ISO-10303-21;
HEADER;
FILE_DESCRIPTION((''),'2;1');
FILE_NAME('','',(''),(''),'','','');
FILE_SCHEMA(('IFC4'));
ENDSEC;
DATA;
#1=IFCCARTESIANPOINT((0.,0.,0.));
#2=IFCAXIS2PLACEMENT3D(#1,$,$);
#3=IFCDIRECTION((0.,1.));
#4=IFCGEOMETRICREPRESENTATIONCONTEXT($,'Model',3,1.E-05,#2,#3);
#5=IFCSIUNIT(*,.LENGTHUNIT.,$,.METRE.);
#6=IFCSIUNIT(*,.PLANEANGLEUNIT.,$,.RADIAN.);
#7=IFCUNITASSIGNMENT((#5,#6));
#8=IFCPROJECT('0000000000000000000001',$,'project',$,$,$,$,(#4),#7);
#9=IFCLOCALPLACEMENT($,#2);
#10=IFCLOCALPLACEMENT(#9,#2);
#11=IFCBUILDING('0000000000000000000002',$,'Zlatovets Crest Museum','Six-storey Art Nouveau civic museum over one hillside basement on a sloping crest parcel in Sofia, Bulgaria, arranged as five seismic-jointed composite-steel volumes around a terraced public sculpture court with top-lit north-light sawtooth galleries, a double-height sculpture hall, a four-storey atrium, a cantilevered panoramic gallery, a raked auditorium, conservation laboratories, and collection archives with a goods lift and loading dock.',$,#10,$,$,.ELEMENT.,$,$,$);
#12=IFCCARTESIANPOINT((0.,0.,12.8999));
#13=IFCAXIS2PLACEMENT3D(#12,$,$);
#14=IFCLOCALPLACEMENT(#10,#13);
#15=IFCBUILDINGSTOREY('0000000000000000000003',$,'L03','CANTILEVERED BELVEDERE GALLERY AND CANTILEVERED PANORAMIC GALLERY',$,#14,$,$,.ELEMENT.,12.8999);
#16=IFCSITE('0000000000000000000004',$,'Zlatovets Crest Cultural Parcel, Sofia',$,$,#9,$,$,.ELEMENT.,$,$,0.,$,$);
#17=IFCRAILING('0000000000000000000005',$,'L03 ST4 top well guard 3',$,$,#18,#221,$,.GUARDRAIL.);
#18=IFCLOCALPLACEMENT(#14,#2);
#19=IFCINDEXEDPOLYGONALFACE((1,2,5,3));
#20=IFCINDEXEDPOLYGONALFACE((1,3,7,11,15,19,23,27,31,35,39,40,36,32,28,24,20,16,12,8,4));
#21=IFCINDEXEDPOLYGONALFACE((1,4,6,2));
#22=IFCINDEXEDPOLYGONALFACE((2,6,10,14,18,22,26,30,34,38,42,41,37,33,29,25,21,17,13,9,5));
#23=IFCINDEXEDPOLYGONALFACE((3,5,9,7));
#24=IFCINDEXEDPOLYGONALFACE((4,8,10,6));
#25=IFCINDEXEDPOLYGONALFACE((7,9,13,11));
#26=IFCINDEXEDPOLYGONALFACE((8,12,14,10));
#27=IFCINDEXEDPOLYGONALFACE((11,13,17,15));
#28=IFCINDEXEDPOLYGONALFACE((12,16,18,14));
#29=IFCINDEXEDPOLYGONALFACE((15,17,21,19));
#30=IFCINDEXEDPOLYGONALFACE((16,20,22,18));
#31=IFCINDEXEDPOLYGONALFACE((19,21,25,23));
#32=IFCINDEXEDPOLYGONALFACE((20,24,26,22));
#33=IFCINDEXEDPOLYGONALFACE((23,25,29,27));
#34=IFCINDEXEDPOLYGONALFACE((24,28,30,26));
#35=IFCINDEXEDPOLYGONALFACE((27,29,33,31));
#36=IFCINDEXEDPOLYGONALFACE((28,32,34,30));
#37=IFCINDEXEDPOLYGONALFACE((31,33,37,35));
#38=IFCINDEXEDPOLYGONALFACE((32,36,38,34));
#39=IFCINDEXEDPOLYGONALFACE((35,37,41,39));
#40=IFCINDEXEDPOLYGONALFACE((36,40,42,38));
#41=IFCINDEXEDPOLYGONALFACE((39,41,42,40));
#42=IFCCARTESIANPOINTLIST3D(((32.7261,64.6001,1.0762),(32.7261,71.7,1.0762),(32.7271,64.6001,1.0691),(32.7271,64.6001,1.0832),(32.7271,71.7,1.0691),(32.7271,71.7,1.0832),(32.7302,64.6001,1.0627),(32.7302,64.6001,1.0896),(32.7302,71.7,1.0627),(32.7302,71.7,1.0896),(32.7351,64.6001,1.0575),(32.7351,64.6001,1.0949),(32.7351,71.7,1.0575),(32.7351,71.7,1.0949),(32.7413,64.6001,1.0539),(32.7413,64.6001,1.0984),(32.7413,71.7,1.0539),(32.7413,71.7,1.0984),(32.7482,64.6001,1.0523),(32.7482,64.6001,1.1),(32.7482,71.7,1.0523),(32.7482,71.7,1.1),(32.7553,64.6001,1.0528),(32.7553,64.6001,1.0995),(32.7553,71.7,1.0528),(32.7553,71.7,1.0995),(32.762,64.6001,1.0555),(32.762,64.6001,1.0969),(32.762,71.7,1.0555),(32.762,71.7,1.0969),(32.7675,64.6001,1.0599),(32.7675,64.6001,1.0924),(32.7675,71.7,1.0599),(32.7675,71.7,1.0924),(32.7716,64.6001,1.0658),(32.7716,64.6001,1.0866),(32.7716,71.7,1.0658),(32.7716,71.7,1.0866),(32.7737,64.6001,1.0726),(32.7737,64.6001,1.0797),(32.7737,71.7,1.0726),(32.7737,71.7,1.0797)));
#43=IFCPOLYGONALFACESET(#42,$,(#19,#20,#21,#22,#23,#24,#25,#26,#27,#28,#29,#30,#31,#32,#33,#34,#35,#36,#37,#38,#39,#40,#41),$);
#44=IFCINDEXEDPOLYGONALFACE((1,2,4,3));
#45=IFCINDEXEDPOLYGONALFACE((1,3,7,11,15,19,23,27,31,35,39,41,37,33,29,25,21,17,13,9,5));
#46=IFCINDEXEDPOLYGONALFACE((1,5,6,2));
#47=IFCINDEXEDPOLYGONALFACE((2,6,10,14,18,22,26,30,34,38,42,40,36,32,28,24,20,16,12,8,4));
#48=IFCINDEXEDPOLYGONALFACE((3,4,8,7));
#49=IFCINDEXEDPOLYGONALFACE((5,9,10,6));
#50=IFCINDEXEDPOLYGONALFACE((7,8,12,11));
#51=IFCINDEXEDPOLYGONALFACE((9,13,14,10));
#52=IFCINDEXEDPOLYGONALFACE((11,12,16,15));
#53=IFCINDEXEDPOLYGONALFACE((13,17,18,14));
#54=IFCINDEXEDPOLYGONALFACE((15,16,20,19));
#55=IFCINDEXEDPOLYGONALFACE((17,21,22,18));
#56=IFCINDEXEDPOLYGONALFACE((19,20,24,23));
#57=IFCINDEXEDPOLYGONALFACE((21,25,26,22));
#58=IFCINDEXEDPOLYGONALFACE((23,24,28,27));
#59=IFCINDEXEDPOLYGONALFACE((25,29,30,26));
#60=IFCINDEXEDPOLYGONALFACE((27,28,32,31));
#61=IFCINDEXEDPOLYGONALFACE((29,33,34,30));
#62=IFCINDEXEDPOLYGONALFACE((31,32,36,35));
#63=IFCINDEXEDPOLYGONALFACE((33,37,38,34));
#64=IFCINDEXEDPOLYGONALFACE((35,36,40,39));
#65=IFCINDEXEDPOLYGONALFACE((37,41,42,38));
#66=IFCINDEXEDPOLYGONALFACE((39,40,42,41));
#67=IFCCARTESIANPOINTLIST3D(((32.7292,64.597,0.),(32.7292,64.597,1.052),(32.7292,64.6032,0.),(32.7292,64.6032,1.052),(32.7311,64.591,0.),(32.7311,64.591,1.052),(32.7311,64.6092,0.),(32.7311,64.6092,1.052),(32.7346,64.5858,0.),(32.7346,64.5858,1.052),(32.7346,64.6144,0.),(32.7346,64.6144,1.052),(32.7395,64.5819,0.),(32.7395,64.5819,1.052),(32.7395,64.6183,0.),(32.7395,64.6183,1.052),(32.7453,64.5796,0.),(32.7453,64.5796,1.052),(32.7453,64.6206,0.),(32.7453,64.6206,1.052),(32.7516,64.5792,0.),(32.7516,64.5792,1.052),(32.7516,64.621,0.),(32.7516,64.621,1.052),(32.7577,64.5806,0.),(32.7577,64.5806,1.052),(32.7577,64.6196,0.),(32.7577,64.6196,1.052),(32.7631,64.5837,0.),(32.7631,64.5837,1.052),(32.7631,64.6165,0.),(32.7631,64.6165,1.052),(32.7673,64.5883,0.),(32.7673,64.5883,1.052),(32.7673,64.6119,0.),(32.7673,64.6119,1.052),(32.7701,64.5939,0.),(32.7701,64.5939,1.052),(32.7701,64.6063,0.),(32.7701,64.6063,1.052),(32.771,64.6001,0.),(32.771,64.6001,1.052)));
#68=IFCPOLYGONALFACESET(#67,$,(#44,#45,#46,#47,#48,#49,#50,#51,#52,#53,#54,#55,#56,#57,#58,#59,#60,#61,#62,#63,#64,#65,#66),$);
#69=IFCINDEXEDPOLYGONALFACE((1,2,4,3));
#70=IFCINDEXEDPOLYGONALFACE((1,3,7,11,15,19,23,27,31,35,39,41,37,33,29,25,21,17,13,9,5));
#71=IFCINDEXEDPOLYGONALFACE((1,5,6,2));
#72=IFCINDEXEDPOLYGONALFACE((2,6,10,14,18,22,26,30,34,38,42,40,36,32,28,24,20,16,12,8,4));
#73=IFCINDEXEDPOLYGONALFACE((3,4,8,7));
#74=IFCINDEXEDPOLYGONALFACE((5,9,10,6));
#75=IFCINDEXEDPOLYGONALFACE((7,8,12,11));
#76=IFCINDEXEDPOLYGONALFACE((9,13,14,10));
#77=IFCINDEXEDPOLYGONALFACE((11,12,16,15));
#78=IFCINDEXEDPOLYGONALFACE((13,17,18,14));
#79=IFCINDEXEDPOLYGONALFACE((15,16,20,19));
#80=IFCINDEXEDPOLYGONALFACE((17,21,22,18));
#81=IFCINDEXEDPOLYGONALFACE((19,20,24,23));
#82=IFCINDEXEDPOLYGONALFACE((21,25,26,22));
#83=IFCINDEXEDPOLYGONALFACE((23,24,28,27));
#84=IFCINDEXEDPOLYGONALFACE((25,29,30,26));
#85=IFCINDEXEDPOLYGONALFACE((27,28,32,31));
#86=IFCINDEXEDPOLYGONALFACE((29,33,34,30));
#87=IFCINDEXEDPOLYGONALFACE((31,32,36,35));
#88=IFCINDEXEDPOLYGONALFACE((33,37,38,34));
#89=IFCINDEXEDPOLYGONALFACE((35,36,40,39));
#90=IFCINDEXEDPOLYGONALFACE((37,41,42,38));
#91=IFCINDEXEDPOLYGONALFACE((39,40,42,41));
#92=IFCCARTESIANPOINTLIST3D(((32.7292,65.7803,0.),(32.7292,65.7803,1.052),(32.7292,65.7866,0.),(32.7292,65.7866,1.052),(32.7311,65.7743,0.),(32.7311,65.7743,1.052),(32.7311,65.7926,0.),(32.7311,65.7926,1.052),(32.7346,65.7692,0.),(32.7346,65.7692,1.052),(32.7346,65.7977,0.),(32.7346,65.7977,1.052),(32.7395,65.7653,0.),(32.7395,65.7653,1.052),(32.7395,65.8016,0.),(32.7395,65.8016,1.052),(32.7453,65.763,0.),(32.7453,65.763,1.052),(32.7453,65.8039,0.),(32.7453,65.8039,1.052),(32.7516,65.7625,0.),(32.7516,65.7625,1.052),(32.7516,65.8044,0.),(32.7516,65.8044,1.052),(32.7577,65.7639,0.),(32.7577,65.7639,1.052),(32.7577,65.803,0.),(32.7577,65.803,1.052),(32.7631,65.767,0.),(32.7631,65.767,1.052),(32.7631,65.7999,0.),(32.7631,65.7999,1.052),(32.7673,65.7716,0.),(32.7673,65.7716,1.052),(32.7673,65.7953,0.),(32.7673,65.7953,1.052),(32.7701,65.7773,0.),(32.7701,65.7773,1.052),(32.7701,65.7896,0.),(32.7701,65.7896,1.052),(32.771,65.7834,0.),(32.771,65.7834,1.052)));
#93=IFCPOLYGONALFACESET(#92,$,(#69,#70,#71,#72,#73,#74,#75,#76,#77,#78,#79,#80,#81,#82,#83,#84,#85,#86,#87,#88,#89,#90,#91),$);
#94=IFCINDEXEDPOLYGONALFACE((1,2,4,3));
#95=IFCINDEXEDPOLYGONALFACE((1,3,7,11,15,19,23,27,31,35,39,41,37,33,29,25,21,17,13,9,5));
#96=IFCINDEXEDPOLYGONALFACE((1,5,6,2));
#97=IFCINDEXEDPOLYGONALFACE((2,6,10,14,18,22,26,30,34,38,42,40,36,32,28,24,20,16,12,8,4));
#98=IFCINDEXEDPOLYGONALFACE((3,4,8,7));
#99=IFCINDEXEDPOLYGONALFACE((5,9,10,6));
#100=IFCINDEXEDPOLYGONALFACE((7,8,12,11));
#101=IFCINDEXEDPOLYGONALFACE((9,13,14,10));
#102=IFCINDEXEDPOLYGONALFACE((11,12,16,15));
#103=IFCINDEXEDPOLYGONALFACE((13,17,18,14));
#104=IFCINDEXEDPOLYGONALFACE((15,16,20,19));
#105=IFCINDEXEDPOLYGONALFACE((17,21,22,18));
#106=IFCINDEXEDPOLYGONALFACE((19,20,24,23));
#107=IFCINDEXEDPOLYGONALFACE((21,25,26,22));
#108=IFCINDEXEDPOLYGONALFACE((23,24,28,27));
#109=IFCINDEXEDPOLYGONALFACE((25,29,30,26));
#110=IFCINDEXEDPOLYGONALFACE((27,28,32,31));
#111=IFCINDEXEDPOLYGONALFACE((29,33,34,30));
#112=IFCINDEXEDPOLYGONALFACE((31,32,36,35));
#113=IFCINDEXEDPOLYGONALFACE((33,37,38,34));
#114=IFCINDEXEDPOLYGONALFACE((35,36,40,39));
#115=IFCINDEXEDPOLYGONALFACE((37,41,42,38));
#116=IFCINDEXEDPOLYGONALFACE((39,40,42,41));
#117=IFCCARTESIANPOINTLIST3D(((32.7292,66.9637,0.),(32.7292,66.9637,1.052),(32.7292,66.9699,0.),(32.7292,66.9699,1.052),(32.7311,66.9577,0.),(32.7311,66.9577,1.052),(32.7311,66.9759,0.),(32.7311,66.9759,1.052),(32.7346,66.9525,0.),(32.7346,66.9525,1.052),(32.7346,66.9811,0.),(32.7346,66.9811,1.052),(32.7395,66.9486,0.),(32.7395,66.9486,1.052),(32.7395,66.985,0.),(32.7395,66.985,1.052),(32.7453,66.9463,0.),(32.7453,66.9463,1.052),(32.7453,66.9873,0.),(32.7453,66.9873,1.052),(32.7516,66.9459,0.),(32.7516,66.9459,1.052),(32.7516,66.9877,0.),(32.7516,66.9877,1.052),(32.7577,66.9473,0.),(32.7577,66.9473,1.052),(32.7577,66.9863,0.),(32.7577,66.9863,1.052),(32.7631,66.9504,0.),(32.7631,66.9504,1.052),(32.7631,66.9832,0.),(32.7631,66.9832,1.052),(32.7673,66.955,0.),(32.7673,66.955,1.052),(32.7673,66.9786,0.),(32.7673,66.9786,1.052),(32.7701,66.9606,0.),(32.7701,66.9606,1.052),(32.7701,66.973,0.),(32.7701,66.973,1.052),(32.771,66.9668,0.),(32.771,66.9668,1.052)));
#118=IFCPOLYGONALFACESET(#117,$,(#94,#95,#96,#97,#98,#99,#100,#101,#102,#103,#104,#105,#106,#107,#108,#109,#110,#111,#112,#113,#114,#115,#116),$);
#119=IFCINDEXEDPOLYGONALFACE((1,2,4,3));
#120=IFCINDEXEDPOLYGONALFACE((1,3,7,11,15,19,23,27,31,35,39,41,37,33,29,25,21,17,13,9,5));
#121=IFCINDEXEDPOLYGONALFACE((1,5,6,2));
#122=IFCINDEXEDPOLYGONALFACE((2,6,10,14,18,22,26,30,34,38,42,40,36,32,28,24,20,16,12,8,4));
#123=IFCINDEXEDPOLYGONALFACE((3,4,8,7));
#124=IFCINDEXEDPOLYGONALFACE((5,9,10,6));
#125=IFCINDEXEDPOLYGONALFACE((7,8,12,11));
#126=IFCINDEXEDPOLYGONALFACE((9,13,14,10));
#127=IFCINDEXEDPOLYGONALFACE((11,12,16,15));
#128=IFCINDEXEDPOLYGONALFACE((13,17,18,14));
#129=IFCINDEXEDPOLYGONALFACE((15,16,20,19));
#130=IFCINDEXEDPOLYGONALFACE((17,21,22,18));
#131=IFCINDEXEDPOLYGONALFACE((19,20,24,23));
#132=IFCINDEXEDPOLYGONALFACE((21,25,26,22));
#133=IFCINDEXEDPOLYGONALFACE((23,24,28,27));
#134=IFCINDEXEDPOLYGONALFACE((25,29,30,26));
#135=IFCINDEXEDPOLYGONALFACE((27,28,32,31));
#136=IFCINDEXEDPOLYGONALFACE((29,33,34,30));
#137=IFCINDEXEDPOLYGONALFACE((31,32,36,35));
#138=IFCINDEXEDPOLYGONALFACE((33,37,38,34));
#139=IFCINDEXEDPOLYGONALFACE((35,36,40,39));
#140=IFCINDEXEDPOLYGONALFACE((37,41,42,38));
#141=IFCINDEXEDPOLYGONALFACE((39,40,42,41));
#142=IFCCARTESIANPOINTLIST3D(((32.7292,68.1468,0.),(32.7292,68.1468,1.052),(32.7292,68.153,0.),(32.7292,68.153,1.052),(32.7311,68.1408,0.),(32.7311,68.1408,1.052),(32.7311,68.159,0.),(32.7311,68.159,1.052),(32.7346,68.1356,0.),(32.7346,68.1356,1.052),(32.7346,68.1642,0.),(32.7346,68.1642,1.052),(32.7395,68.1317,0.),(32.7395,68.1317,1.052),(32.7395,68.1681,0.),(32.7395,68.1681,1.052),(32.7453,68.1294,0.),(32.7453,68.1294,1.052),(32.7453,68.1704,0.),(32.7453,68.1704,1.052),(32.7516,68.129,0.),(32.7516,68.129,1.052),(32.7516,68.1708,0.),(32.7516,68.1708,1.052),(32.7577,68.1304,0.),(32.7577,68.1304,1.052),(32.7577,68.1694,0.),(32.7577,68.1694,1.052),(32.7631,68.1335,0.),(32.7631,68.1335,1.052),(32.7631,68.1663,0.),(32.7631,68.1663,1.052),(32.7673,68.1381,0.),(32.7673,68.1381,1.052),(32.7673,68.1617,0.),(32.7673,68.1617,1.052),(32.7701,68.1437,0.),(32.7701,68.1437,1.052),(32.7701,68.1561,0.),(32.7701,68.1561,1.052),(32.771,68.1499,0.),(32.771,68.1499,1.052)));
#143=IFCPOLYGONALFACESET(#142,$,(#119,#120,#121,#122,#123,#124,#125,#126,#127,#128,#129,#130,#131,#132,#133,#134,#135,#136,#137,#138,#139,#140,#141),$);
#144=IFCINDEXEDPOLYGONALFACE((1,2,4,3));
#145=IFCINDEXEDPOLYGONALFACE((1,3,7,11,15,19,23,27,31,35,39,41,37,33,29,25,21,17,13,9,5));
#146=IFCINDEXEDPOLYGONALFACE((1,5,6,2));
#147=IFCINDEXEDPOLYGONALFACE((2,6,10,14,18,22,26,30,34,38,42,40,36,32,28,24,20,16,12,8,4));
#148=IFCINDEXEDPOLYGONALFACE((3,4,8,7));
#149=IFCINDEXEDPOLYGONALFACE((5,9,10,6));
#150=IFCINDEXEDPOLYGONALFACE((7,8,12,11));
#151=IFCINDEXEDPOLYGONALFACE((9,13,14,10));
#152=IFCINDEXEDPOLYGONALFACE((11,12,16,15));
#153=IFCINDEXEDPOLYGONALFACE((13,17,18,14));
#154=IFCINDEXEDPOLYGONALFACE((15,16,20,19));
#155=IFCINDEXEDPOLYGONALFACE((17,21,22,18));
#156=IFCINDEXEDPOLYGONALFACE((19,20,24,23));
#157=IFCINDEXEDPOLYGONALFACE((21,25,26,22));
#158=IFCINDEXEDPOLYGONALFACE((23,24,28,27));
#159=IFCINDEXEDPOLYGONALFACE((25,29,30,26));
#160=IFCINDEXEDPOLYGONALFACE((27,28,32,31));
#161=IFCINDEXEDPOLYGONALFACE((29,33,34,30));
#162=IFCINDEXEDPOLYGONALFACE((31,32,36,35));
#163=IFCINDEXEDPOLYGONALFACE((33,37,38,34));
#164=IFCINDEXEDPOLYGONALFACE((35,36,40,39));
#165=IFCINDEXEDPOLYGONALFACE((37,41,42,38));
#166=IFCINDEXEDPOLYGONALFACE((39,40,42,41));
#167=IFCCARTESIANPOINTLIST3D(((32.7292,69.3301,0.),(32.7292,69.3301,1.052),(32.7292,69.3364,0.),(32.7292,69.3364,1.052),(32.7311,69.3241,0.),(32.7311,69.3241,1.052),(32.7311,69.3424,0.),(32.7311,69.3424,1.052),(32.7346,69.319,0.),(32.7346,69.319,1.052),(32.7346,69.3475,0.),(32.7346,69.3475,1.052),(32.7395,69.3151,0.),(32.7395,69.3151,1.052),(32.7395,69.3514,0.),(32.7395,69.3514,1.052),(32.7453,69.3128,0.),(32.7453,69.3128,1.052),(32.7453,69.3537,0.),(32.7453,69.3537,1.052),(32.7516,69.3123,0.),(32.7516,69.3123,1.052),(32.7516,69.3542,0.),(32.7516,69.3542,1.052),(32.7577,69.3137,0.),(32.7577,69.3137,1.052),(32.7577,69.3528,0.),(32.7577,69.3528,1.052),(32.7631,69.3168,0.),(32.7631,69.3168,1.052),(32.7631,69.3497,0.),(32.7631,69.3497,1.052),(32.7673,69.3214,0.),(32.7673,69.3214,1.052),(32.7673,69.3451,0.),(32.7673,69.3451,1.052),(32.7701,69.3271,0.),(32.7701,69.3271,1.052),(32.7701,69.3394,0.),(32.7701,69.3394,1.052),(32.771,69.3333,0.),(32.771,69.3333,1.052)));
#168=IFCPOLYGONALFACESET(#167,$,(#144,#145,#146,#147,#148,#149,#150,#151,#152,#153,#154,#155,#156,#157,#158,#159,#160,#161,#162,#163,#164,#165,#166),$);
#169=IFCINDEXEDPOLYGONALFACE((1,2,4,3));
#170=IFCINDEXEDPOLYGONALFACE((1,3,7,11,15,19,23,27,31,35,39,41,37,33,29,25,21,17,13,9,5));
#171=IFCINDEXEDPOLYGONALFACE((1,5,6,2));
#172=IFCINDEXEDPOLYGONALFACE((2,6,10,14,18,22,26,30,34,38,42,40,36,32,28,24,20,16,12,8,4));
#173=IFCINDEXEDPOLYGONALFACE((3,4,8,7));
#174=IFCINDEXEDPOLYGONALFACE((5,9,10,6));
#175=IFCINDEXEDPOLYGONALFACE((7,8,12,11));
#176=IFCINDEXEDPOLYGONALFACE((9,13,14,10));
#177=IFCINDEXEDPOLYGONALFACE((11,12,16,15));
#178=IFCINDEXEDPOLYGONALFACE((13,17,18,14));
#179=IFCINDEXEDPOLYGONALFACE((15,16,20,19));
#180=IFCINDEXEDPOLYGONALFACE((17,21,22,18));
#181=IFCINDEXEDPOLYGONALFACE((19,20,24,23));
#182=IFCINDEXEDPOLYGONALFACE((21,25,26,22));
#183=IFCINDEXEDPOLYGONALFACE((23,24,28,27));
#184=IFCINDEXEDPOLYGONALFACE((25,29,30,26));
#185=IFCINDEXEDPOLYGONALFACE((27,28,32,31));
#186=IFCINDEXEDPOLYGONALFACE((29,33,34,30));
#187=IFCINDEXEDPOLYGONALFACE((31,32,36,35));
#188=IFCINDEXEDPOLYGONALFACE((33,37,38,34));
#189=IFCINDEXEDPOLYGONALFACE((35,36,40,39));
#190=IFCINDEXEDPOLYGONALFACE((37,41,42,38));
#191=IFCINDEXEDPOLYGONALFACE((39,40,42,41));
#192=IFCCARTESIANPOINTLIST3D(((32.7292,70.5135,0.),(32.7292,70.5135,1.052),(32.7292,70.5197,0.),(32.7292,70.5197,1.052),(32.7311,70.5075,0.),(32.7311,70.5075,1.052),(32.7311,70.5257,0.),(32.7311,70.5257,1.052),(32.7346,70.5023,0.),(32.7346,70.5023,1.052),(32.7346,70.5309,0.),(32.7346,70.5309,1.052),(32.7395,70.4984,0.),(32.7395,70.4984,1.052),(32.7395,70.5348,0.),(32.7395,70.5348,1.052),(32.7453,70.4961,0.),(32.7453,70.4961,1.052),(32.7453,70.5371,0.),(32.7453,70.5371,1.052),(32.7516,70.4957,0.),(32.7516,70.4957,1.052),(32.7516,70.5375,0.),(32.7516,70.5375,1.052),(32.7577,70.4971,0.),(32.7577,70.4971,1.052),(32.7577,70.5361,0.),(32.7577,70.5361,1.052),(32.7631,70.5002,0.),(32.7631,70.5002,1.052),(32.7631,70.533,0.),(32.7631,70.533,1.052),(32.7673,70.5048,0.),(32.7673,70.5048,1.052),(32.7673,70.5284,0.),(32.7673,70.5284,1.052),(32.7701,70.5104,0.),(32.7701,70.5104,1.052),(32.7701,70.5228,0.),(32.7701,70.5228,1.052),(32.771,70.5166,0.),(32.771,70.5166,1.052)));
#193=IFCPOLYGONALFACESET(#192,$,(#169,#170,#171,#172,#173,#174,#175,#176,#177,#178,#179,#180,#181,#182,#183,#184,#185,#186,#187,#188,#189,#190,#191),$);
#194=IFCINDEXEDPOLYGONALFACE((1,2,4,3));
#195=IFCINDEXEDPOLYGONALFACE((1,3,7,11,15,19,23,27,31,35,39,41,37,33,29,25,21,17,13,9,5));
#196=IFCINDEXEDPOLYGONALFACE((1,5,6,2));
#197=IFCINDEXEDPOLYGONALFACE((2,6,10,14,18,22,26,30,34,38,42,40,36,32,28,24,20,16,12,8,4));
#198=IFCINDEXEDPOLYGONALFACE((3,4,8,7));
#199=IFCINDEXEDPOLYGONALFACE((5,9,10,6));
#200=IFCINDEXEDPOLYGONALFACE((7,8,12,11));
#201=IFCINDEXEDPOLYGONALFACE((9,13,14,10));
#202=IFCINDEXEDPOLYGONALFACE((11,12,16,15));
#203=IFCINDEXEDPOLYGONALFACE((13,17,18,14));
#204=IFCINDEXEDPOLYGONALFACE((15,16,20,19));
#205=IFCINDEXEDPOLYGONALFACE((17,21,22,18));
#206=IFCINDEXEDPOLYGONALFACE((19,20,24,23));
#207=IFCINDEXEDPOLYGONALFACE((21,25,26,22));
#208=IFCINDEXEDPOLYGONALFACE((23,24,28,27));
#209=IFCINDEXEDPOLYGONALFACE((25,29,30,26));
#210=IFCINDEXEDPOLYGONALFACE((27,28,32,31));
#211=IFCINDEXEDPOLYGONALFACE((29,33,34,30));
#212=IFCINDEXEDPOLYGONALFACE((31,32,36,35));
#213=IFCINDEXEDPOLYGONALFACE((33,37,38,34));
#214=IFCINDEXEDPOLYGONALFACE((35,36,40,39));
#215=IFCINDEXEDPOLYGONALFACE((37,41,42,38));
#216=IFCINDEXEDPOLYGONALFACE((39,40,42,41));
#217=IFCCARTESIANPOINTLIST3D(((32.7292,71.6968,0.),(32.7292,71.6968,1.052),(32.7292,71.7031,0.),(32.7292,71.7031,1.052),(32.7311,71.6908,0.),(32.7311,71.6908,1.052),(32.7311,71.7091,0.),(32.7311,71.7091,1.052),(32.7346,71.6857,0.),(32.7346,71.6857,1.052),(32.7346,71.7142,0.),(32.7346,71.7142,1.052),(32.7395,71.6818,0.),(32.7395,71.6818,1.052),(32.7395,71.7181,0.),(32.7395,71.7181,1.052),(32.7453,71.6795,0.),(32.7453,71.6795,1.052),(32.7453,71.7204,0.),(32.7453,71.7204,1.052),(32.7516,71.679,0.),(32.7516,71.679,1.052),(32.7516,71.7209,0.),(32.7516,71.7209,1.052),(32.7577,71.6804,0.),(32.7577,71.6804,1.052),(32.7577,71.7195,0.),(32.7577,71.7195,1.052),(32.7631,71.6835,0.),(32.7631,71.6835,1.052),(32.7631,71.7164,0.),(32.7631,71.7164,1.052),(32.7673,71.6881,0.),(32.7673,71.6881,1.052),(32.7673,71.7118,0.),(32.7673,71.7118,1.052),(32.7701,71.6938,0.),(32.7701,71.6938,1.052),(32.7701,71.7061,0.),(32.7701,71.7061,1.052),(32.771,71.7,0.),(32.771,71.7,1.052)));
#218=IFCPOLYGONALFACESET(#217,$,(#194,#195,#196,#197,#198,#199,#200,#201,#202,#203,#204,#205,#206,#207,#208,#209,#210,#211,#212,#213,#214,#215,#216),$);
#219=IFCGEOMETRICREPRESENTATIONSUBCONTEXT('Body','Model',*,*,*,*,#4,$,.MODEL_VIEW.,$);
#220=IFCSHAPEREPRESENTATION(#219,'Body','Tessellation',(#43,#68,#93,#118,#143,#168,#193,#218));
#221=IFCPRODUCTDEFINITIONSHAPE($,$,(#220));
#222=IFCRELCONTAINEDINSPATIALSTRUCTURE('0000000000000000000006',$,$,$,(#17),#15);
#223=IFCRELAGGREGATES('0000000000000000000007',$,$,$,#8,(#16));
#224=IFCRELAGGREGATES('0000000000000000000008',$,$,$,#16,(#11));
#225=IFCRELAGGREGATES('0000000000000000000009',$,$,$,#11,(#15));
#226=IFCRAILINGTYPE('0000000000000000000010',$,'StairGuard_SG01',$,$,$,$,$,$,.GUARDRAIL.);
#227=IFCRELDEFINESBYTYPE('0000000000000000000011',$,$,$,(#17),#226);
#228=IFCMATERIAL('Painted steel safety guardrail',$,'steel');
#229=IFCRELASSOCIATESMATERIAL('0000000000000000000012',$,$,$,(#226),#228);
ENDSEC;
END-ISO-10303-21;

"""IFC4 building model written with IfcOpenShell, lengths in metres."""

from ifc_helpers import new_model, si_unit, direction, frame, origin, origin_2d, place, context, subcontext, project, spatial, circle, extrude, material, type_object, element, save


model = new_model("IFC4")

# Units and contexts
model_context = context("Model", 3, precision=1e-05, world=origin(), true_north=direction((0.0, 1.0)))
body_context = subcontext(model_context, "Body", "Model", "MODEL_VIEW")
ifc_project = project(units=[si_unit("LENGTHUNIT", "METRE"), si_unit("PLANEANGLEUNIT", "RADIAN")], contexts=[model_context])

# Site, building, storey
site_placement = place(None, origin())
site = spatial("IfcSite", under=ifc_project, at=site_placement, Name="Zlatovets Crest Cultural Parcel, Sofia", CompositionType="ELEMENT", RefElevation=0.0)
building_placement = place(site_placement, origin())
building = spatial("IfcBuilding", under=site, at=building_placement, Name="Zlatovets Crest Museum", Description="Six-storey Art Nouveau civic museum over one hillside basement on a sloping crest parcel in Sofia, Bulgaria, arranged as five seismic-jointed composite-steel volumes around a terraced public sculpture court with top-lit north-light sawtooth galleries, a double-height sculpture hall, a four-storey atrium, a cantilevered panoramic gallery, a raked auditorium, conservation laboratories, and collection archives with a goods lift and loading dock.", CompositionType="ELEMENT")
storey_placement = place(building_placement, frame((0.0, 0.0, 12.8999)))
storey = spatial("IfcBuildingStorey", under=building, at=storey_placement, Name="L03", Description="CANTILEVERED BELVEDERE GALLERY AND CANTILEVERED PANORAMIC GALLERY", CompositionType="ELEMENT", Elevation=12.8999)

# Railing
ifc_material_1 = material(Name="Painted steel safety guardrail", Category="steel")
railing_type = type_object("IfcRailingType", Name="StairGuard_SG01", PredefinedType="GUARDRAIL", material=ifc_material_1)
railing_placement = place(storey_placement, frame((32.75, 64.6001, 0.0)))
element("IfcRailing", 1, at=railing_placement, inside=storey, type_object=railing_type, Name="L03 ST4 top well guard 3", PredefinedType="GUARDRAIL", context=body_context, shape_type="SweptSolid", body=[
    extrude(circle(Radius=0.0239, at=origin_2d()), frame((0.0, 0.0, 1.0762), z_axis=(0.0, 1.0, 0.0), x_axis=(-1.0, 0.0, 0.0)), (0.0, 0.0, 1.0), 7.0999),
    extrude(circle(Radius=0.021, at=origin_2d()), origin(), (0.0, 0.0, 1.0), 1.052),
    extrude(circle(Radius=0.021, at=origin_2d()), frame((0.0, 1.1833, 0.0)), (0.0, 0.0, 1.0), 1.052),
    extrude(circle(Radius=0.021, at=origin_2d()), frame((0.0, 2.3667, 0.0)), (0.0, 0.0, 1.0), 1.052),
    extrude(circle(Radius=0.021, at=origin_2d()), frame((0.0, 3.5498, 0.0)), (0.0, 0.0, 1.0), 1.052),
    extrude(circle(Radius=0.021, at=origin_2d()), frame((0.0, 4.7332, 0.0)), (0.0, 0.0, 1.0), 1.052),
    extrude(circle(Radius=0.021, at=origin_2d()), frame((0.0, 5.9165, 0.0)), (0.0, 0.0, 1.0), 1.052),
    extrude(circle(Radius=0.021, at=origin_2d()), frame((0.0, 7.0999, 0.0)), (0.0, 0.0, 1.0), 1.052),
])

save(model, "model.ifc")
